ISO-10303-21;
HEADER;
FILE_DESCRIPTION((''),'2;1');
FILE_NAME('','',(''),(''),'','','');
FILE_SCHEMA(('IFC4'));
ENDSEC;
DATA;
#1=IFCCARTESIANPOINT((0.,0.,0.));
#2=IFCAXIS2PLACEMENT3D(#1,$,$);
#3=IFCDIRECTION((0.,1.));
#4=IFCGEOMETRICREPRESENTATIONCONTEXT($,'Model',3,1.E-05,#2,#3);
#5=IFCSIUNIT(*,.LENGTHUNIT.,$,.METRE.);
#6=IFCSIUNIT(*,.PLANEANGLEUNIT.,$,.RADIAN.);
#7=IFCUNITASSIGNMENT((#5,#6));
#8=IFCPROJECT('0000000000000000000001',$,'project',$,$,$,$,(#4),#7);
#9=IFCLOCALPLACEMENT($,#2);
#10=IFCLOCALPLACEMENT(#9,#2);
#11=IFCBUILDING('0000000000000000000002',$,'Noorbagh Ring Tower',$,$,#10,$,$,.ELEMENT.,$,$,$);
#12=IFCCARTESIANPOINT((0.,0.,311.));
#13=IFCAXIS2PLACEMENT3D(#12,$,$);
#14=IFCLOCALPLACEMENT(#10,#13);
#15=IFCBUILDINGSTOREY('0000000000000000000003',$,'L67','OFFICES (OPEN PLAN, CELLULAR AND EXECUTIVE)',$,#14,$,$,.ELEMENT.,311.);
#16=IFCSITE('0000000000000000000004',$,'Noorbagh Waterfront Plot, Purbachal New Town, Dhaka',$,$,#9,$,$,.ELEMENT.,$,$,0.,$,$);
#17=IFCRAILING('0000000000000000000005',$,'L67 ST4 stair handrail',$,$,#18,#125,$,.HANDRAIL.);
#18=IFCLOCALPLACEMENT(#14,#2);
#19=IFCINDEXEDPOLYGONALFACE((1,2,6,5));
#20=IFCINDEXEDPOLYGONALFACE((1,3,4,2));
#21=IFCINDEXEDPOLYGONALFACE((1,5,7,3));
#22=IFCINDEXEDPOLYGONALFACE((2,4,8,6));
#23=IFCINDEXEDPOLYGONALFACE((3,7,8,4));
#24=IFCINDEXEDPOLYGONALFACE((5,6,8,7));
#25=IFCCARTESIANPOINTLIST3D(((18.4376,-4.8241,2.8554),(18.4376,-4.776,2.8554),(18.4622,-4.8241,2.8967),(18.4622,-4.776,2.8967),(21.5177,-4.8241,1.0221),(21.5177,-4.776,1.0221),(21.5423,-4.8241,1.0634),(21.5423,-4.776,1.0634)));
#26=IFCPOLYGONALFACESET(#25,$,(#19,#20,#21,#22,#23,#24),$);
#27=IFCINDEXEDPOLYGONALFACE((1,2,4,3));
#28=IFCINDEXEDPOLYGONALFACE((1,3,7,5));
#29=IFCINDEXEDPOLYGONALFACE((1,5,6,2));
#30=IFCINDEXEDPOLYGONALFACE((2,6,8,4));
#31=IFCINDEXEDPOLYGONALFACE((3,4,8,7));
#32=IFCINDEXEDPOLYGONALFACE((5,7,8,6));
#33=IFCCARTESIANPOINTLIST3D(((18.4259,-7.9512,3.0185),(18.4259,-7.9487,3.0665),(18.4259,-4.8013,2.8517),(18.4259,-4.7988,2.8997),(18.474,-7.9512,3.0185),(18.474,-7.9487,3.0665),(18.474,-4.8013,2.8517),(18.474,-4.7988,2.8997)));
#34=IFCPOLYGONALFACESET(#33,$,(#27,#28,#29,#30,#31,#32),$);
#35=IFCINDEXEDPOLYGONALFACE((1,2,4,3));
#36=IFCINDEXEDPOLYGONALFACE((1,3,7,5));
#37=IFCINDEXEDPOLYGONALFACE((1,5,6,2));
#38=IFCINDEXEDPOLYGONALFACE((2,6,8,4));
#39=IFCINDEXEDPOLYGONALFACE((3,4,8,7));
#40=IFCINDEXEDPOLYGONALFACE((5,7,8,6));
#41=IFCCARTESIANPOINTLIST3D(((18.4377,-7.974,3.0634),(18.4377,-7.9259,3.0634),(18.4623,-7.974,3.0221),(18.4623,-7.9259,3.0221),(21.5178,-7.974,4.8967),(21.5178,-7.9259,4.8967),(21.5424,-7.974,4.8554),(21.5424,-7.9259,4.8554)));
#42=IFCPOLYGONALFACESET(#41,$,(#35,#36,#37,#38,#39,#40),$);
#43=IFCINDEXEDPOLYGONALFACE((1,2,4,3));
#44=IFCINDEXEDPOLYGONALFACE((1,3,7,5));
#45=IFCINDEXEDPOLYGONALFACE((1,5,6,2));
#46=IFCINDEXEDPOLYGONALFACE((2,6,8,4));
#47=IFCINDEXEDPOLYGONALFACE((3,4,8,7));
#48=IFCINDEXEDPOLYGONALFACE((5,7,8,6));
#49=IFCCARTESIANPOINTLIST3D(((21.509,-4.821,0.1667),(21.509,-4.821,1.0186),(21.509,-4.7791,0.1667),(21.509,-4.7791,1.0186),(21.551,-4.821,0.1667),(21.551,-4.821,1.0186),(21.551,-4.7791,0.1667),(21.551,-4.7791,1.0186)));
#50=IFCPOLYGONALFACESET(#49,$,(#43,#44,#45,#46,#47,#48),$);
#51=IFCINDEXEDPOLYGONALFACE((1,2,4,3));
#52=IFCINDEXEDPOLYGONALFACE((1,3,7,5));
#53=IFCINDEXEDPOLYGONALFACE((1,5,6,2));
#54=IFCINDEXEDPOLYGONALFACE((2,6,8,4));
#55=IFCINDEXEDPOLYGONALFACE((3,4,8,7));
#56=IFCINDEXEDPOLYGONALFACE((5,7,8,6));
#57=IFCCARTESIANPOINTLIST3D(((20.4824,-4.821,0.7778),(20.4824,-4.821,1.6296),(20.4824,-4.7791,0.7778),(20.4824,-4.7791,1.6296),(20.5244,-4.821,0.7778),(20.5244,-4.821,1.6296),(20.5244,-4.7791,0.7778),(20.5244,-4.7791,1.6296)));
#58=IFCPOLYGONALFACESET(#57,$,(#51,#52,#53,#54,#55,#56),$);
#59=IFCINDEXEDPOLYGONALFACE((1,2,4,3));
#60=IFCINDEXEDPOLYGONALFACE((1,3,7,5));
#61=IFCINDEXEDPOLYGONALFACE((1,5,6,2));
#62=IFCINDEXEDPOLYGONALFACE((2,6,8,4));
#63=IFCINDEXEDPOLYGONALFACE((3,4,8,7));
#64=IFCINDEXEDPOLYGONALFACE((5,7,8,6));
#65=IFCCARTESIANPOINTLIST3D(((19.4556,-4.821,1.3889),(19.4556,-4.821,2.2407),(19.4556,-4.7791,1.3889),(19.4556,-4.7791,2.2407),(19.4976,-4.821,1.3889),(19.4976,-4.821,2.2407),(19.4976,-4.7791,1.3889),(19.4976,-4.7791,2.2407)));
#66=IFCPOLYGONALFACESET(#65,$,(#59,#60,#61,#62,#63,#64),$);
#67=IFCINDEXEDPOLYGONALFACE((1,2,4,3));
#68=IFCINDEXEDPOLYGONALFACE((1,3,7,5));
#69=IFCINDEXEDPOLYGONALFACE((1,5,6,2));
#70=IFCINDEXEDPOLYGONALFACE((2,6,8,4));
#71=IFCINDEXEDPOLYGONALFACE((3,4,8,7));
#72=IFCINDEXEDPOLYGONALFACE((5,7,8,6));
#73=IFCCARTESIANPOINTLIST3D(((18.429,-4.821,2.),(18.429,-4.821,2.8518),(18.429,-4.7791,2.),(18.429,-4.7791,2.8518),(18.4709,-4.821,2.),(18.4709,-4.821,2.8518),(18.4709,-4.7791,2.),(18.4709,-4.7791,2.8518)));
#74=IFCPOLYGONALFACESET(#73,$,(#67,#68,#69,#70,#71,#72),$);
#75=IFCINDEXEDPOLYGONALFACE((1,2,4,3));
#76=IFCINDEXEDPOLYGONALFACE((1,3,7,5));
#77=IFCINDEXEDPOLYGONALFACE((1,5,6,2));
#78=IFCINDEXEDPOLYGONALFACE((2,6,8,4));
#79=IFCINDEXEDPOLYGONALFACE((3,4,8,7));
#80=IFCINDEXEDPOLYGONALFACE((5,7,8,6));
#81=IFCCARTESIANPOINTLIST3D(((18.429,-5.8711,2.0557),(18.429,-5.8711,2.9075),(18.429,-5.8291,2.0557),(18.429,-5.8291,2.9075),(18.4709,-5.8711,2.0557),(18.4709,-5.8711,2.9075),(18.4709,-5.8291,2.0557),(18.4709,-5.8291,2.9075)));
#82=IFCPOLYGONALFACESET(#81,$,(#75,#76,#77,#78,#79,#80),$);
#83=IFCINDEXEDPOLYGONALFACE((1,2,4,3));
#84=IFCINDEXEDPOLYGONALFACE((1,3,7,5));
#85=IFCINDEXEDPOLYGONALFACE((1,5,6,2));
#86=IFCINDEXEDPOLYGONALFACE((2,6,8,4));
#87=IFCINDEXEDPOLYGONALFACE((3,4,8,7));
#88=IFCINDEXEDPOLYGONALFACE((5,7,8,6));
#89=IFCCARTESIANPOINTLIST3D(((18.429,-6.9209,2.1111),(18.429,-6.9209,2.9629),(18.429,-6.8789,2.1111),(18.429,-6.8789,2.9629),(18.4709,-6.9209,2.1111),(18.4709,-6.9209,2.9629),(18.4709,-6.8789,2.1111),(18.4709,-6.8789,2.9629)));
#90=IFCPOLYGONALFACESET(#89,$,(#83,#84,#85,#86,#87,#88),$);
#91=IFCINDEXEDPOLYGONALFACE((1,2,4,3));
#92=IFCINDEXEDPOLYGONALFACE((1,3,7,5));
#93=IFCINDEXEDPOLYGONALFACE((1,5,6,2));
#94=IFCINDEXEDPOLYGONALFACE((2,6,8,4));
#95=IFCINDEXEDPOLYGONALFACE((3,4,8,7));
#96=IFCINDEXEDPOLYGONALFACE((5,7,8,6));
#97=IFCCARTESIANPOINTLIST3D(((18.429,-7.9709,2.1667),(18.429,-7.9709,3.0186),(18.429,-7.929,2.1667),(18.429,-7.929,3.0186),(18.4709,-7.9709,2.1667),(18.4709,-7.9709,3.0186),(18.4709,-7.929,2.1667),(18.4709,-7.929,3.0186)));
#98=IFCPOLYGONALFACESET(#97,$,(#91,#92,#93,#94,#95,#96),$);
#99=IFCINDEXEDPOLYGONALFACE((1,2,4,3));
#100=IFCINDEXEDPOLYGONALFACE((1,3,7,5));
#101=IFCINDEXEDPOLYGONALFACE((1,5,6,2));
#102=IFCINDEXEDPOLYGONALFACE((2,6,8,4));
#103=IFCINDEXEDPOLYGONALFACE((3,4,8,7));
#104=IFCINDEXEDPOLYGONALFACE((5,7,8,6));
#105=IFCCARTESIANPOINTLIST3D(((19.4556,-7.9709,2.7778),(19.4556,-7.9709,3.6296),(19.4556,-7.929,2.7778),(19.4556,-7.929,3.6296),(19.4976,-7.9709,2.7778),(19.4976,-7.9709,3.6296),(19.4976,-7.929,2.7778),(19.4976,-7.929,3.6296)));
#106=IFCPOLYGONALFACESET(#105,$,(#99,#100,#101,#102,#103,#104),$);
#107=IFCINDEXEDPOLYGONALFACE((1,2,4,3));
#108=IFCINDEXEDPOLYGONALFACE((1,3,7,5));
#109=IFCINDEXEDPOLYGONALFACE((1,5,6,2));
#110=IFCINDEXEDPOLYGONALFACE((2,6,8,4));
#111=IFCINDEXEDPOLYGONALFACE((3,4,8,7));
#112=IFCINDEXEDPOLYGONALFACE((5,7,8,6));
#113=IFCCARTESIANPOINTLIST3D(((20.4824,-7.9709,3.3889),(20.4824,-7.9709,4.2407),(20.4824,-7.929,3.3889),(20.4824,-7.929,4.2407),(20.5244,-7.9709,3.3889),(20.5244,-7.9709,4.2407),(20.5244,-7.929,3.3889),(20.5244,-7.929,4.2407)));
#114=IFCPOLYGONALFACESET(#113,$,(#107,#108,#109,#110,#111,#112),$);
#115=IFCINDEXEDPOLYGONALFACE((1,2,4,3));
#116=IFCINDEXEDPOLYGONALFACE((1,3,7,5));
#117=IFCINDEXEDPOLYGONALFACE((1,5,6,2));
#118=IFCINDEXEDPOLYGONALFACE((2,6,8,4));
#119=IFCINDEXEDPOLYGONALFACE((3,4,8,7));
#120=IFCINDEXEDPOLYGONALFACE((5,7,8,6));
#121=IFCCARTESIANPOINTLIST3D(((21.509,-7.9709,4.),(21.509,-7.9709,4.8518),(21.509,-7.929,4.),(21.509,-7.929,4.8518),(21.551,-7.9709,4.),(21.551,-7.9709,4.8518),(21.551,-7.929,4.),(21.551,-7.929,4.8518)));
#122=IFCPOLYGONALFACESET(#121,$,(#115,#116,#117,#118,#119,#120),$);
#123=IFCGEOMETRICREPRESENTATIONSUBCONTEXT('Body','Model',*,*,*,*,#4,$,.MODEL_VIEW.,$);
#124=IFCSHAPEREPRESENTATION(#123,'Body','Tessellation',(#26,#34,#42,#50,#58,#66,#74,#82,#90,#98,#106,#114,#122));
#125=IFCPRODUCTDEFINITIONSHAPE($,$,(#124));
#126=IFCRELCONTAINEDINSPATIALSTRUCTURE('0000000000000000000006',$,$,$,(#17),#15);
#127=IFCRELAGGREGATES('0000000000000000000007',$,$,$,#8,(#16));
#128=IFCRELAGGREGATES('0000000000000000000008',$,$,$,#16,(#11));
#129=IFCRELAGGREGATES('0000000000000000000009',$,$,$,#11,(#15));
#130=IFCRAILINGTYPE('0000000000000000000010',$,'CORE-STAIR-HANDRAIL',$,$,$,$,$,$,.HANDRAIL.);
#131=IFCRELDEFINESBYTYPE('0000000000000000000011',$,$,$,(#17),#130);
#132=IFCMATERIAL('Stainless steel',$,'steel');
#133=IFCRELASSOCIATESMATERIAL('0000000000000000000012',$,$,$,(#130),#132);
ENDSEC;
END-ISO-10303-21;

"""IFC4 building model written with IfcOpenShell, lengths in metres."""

from ifc_helpers import new_model, si_unit, direction, frame, origin, origin_2d, place, context, subcontext, project, spatial, rectangle, extrude, material, type_object, element, save


model = new_model("IFC4")

# Units and contexts
model_context = context("Model", 3, precision=1e-05, world=origin(), true_north=direction((0.0, 1.0)))
body_context = subcontext(model_context, "Body", "Model", "MODEL_VIEW")
ifc_project = project(units=[si_unit("LENGTHUNIT", "METRE"), si_unit("PLANEANGLEUNIT", "RADIAN")], contexts=[model_context])

# Site, building, storey
site_placement = place(None, origin())
site = spatial("IfcSite", under=ifc_project, at=site_placement, Name="Noorbagh Waterfront Plot, Purbachal New Town, Dhaka", CompositionType="ELEMENT", RefElevation=0.0)
building_placement = place(site_placement, origin())
building = spatial("IfcBuilding", under=site, at=building_placement, Name="Noorbagh Ring Tower", CompositionType="ELEMENT")
storey_placement = place(building_placement, frame((0.0, 0.0, 311.0)))
storey = spatial("IfcBuildingStorey", under=building, at=storey_placement, Name="L67", Description="OFFICES (OPEN PLAN, CELLULAR AND EXECUTIVE)", CompositionType="ELEMENT", Elevation=311.0)

# Railing
ifc_material_1 = material(Name="Stainless steel", Category="steel")
railing_type_1 = type_object("IfcRailingType", Name="CORE-STAIR-HANDRAIL", PredefinedType="HANDRAIL", material=ifc_material_1)
railing_1_placement = place(storey_placement, frame((21.53, -4.8, 0.1667)))
element("IfcRailing", 1, at=railing_1_placement, inside=storey, type_object=railing_type_1, Name="L67 ST4 stair handrail", PredefinedType="HANDRAIL", context=body_context, shape_type="SweptSolid", body=[
    extrude(rectangle(XDim=0.0481, YDim=0.0481, at=origin_2d()), frame((0.0, 0.0, 0.876), z_axis=(-0.859309, 0.0, 0.511458), x_axis=(0.0, -1.0, 0.0)), (0.0, 0.0, 1.0), 3.5845),
    extrude(rectangle(XDim=0.0481, YDim=0.0481, at=origin_2d()), frame((-3.0801, 0.0, 2.709), z_axis=(0.0, -0.998602, 0.052864), x_axis=(1.0, 0.0, 0.0)), (0.0, 0.0, 1.0), 3.1543),
    extrude(rectangle(XDim=0.0481, YDim=0.0481, at=origin_2d()), frame((-3.0801, -3.1499, 2.876), z_axis=(0.859309, 0.0, 0.511458), x_axis=(0.0, 1.0, 0.0)), (0.0, 0.0, 1.0), 3.5845),
    extrude(rectangle(XDim=0.042, YDim=0.042, at=origin_2d()), origin(), (0.0, 0.0, 1.0), 0.8518),
    extrude(rectangle(XDim=0.042, YDim=0.042, at=origin_2d()), frame((-1.0266, 0.0, 0.6111)), (0.0, 0.0, 1.0), 0.8518),
    extrude(rectangle(XDim=0.042, YDim=0.042, at=origin_2d()), frame((-2.0535, 0.0, 1.2222)), (0.0, 0.0, 1.0), 0.8518),
    extrude(rectangle(XDim=0.042, YDim=0.042, at=origin_2d()), frame((-3.0801, 0.0, 1.8333)), (0.0, 0.0, 1.0), 0.8518),
    extrude(rectangle(XDim=0.042, YDim=0.042, at=origin_2d()), frame((-3.0801, -1.05, 1.8889)), (0.0, 0.0, 1.0), 0.8518),
    extrude(rectangle(XDim=0.042, YDim=0.042, at=origin_2d()), frame((-3.0801, -2.0999, 1.9443)), (0.0, 0.0, 1.0), 0.8518),
    extrude(rectangle(XDim=0.042, YDim=0.042, at=origin_2d()), frame((-3.0801, -3.1499, 2.0)), (0.0, 0.0, 1.0), 0.8518),
    extrude(rectangle(XDim=0.042, YDim=0.042, at=origin_2d()), frame((-2.0535, -3.1499, 2.6111)), (0.0, 0.0, 1.0), 0.8518),
    extrude(rectangle(XDim=0.042, YDim=0.042, at=origin_2d()), frame((-1.0266, -3.1499, 3.2222)), (0.0, 0.0, 1.0), 0.8518),
    extrude(rectangle(XDim=0.042, YDim=0.042, at=origin_2d()), frame((0.0, -3.1499, 3.8333)), (0.0, 0.0, 1.0), 0.8518),
])

save(model, "model.ifc")
